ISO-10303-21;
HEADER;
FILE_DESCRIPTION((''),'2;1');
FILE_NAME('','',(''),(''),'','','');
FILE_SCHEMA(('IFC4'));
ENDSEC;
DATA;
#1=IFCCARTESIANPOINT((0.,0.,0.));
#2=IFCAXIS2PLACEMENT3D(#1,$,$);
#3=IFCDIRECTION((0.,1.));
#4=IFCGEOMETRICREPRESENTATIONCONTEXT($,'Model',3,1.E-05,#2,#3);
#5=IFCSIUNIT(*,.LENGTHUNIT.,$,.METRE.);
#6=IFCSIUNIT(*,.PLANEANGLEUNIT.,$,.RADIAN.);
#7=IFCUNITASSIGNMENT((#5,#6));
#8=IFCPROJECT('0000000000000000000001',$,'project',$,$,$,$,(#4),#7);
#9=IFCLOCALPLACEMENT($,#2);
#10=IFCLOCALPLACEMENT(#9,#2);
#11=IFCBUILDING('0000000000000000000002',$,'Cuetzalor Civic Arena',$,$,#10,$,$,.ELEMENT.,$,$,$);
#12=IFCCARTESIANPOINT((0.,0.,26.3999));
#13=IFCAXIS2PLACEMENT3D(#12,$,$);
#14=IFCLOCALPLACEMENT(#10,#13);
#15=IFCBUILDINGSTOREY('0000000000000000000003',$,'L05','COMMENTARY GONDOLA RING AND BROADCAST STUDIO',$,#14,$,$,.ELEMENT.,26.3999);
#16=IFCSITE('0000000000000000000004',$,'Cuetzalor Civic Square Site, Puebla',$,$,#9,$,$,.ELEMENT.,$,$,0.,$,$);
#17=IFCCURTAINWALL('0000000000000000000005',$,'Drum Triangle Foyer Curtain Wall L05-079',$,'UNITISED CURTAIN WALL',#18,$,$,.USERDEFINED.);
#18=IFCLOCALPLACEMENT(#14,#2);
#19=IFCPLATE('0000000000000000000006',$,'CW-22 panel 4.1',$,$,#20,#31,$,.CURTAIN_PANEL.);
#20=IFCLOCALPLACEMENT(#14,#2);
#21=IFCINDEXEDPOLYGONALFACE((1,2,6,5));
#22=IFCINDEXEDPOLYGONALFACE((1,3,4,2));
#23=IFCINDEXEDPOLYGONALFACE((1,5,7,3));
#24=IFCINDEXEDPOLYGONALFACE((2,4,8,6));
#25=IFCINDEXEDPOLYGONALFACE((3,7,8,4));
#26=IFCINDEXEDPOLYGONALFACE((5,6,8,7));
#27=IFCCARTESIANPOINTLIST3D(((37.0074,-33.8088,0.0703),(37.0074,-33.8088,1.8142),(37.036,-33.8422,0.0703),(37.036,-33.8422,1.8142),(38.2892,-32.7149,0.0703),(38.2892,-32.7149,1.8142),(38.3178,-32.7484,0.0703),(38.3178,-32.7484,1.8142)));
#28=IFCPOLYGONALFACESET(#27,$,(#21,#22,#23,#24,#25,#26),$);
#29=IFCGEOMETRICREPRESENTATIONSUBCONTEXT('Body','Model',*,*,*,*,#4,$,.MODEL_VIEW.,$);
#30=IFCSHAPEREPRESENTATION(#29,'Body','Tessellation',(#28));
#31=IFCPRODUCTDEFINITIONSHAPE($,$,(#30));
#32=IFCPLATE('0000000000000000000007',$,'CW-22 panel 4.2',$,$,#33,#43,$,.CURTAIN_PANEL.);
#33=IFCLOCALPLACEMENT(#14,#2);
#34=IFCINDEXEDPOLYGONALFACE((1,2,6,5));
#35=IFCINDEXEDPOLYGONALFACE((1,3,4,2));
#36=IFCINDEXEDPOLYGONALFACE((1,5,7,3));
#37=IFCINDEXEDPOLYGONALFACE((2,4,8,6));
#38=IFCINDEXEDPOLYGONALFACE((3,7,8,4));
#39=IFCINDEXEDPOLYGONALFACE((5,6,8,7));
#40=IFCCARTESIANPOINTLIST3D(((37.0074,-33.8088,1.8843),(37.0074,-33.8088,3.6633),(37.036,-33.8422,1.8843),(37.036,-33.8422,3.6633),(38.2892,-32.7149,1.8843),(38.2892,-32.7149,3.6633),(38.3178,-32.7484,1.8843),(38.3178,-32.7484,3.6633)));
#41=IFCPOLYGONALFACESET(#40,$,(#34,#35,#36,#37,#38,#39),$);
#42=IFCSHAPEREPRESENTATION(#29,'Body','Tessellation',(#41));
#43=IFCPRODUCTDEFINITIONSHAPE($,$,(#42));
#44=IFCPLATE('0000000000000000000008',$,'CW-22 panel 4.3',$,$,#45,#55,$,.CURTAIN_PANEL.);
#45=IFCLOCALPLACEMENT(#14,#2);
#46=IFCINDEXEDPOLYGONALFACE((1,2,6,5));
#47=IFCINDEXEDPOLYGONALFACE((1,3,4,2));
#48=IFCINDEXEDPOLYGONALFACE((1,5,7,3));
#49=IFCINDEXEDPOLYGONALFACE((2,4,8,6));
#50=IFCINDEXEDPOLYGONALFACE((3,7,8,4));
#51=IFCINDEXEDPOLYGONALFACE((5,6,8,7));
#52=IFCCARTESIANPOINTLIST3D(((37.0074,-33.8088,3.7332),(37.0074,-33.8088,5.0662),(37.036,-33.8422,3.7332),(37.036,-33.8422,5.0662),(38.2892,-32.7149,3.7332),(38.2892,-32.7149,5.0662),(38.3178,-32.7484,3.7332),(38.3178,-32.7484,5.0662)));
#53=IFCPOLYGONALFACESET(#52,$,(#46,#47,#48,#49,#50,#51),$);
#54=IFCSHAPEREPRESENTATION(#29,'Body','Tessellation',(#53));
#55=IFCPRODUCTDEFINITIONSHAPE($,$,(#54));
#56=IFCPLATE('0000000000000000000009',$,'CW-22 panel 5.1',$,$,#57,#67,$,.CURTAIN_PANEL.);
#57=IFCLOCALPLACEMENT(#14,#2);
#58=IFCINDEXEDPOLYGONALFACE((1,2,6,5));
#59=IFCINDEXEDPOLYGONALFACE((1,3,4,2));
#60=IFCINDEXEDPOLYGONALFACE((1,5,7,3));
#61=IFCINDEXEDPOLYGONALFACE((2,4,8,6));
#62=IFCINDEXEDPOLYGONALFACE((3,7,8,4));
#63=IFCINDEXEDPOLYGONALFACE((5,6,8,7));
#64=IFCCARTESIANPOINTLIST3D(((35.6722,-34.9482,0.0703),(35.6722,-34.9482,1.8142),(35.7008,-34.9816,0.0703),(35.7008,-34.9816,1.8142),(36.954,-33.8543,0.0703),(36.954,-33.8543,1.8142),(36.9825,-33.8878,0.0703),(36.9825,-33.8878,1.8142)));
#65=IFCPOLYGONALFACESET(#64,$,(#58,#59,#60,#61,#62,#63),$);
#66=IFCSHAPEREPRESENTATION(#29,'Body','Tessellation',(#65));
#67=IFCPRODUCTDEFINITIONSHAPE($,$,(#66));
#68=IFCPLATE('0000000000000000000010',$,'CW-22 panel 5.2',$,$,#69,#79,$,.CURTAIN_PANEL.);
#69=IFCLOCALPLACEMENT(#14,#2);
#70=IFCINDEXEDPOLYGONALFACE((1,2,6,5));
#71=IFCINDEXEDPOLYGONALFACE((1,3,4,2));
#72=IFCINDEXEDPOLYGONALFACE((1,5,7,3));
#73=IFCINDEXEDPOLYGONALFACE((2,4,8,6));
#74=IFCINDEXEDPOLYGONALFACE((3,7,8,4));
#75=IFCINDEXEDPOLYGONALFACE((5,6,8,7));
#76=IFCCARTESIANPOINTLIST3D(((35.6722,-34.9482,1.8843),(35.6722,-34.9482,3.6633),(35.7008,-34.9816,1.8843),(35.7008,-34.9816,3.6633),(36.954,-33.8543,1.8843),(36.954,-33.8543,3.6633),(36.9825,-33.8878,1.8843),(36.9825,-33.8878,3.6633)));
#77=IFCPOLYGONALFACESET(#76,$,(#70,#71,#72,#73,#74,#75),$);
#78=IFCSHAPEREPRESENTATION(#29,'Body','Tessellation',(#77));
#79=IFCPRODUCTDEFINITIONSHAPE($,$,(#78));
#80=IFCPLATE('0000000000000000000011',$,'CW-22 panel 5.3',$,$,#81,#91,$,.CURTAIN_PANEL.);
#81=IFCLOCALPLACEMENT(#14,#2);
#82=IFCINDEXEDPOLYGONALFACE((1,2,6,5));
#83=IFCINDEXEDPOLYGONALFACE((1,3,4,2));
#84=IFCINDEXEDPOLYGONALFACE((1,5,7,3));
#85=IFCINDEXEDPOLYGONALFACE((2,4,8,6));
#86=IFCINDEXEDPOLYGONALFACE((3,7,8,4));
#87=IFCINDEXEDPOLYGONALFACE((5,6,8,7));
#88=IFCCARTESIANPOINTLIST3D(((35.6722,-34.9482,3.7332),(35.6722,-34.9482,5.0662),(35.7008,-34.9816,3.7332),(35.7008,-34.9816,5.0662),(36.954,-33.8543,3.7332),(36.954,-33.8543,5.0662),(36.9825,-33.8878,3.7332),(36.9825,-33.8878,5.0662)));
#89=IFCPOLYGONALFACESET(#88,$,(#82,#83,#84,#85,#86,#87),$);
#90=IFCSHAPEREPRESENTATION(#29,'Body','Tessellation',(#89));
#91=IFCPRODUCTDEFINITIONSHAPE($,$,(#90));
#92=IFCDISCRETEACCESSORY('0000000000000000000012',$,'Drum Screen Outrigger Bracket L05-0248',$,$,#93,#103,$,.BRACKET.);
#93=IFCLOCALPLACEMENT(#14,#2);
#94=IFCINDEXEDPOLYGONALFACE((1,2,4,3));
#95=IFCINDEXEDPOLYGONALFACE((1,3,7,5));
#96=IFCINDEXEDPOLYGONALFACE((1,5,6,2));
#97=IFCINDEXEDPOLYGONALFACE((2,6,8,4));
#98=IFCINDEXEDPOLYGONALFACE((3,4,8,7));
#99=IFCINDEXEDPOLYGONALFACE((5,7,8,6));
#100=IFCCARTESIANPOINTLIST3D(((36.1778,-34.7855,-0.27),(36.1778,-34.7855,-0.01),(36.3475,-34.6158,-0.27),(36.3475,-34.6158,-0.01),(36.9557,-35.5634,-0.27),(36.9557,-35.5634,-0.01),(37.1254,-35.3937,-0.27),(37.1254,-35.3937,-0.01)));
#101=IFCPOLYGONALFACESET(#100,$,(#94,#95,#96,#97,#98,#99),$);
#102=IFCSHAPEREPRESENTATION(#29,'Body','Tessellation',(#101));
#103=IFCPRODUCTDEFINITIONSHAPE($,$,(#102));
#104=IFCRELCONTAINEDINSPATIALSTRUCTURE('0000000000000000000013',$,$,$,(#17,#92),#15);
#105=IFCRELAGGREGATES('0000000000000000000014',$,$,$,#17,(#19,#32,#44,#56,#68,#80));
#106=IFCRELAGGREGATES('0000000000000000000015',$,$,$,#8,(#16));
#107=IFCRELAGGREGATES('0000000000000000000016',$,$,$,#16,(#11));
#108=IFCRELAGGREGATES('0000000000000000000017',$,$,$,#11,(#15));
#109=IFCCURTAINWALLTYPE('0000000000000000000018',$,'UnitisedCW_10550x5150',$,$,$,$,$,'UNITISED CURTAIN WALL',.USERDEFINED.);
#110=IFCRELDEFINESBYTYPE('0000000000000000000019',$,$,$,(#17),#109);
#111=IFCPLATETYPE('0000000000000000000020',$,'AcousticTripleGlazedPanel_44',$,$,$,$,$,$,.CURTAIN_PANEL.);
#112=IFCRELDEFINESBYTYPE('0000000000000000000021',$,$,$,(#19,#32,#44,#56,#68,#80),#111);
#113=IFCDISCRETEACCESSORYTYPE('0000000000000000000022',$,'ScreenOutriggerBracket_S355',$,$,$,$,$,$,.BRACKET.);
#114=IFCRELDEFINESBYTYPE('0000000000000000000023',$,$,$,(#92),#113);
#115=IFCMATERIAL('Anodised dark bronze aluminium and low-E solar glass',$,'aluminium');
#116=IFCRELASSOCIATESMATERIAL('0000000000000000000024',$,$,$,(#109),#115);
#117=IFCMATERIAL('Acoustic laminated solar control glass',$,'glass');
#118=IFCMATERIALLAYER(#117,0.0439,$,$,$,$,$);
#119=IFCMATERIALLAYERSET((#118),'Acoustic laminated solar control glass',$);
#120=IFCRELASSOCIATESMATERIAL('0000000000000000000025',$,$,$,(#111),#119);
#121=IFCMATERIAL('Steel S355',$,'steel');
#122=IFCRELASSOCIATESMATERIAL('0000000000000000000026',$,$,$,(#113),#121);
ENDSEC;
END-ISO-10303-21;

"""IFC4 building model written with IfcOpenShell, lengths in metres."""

from ifc_helpers import new_model, si_unit, direction, frame, origin, origin_2d, place, context, subcontext, project, spatial, rectangle, extrude, material, layer, layer_set, type_object, element, aggregate, save


model = new_model("IFC4")

# Units and contexts
model_context = context("Model", 3, precision=1e-05, world=origin(), true_north=direction((0.0, 1.0)))
body_context = subcontext(model_context, "Body", "Model", "MODEL_VIEW")
ifc_project = project(units=[si_unit("LENGTHUNIT", "METRE"), si_unit("PLANEANGLEUNIT", "RADIAN")], contexts=[model_context])

# Site, building, storey
site_placement = place(None, origin())
site = spatial("IfcSite", under=ifc_project, at=site_placement, Name="Cuetzalor Civic Square Site, Puebla", CompositionType="ELEMENT", RefElevation=0.0)
building_placement = place(site_placement, origin())
building = spatial("IfcBuilding", under=site, at=building_placement, Name="Cuetzalor Civic Arena", CompositionType="ELEMENT")
storey_placement = place(building_placement, frame((0.0, 0.0, 26.3999)))
storey = spatial("IfcBuildingStorey", under=building, at=storey_placement, Name="L05", Description="COMMENTARY GONDOLA RING AND BROADCAST STUDIO", CompositionType="ELEMENT", Elevation=26.3999)

# Curtain wall, plates
ifc_material_1 = material(Name="Anodised dark bronze aluminium and low-E solar glass", Category="aluminium")
curtain_wall_type = type_object("IfcCurtainWallType", Name="UnitisedCW_10550x5150", ElementType="UNITISED CURTAIN WALL", PredefinedType="USERDEFINED", material=ifc_material_1)
curtain_wall_placement = place(storey_placement, origin())
curtain_wall = element("IfcCurtainWall", 1, at=curtain_wall_placement, inside=storey, type_object=curtain_wall_type, Name="Drum Triangle Foyer Curtain Wall L05-079", ObjectType="UNITISED CURTAIN WALL", PredefinedType="USERDEFINED")
ifc_material_2 = material(Name="Acoustic laminated solar control glass", Category="glass")
ifc_layer = layer(ifc_material_2, 0.0439)
ifc_layer_set = layer_set([ifc_layer], Name="Acoustic laminated solar control glass")
plate_type = type_object("IfcPlateType", Name="AcousticTripleGlazedPanel_44", PredefinedType="CURTAIN_PANEL", material=ifc_layer_set)
plate_1_placement = place(storey_placement, frame((37.6626, -33.2786, 0.0703), z_axis=(0.0, 0.0, 1.0), x_axis=(-0.760677, -0.64913, 0.0)))
plate_1 = element("IfcPlate", 2, at=plate_1_placement, type_object=plate_type, Name="CW-22 panel 4.1", PredefinedType="CURTAIN_PANEL", context=body_context, shape_type="SweptSolid", body=[
    extrude(rectangle(XDim=1.6851, YDim=0.0439, at=origin_2d()), origin(), (0.0, 0.0, 1.0), 1.7439),
])
plate_2_placement = place(storey_placement, frame((37.6626, -33.2786, 1.8843), z_axis=(0.0, 0.0, 1.0), x_axis=(-0.760677, -0.64913, 0.0)))
plate_2 = element("IfcPlate", 3, at=plate_2_placement, type_object=plate_type, Name="CW-22 panel 4.2", PredefinedType="CURTAIN_PANEL", context=body_context, shape_type="SweptSolid", body=[
    extrude(rectangle(XDim=1.6851, YDim=0.0439, at=origin_2d()), origin(), (0.0, 0.0, 1.0), 1.7791),
])
plate_3_placement = place(storey_placement, frame((37.6626, -33.2786, 3.7332), z_axis=(0.0, 0.0, 1.0), x_axis=(-0.760677, -0.64913, 0.0)))
plate_3 = element("IfcPlate", 4, at=plate_3_placement, type_object=plate_type, Name="CW-22 panel 4.3", PredefinedType="CURTAIN_PANEL", context=body_context, shape_type="SweptSolid", body=[
    extrude(rectangle(XDim=1.6851, YDim=0.0439, at=origin_2d()), origin(), (0.0, 0.0, 1.0), 1.333),
])
plate_4_placement = place(storey_placement, frame((36.3274, -34.418, 0.0703), z_axis=(0.0, 0.0, 1.0), x_axis=(-0.760677, -0.64913, 0.0)))
plate_4 = element("IfcPlate", 5, at=plate_4_placement, type_object=plate_type, Name="CW-22 panel 5.1", PredefinedType="CURTAIN_PANEL", context=body_context, shape_type="SweptSolid", body=[
    extrude(rectangle(XDim=1.6851, YDim=0.0439, at=origin_2d()), origin(), (0.0, 0.0, 1.0), 1.7439),
])
plate_5_placement = place(storey_placement, frame((36.3274, -34.418, 1.8843), z_axis=(0.0, 0.0, 1.0), x_axis=(-0.760677, -0.64913, 0.0)))
plate_5 = element("IfcPlate", 6, at=plate_5_placement, type_object=plate_type, Name="CW-22 panel 5.2", PredefinedType="CURTAIN_PANEL", context=body_context, shape_type="SweptSolid", body=[
    extrude(rectangle(XDim=1.6851, YDim=0.0439, at=origin_2d()), origin(), (0.0, 0.0, 1.0), 1.7791),
])
plate_6_placement = place(storey_placement, frame((36.3274, -34.418, 3.7332), z_axis=(0.0, 0.0, 1.0), x_axis=(-0.760677, -0.64913, 0.0)))
plate_6 = element("IfcPlate", 7, at=plate_6_placement, type_object=plate_type, Name="CW-22 panel 5.3", PredefinedType="CURTAIN_PANEL", context=body_context, shape_type="SweptSolid", body=[
    extrude(rectangle(XDim=1.6851, YDim=0.0439, at=origin_2d()), origin(), (0.0, 0.0, 1.0), 1.333),
])
aggregate(curtain_wall, [plate_1, plate_2, plate_3, plate_4, plate_5, plate_6])

# Discrete accessory
ifc_material_3 = material(Name="Steel S355", Category="steel")
discrete_accessory_type = type_object("IfcDiscreteAccessoryType", Name="ScreenOutriggerBracket_S355", PredefinedType="BRACKET", material=ifc_material_3)
discrete_accessory_placement = place(storey_placement, frame((36.6516, -35.0896, -0.27), z_axis=(0.0, 0.0, 1.0), x_axis=(0.707107, -0.707107, 0.0)))
element("IfcDiscreteAccessory", 8, at=discrete_accessory_placement, inside=storey, type_object=discrete_accessory_type, Name="Drum Screen Outrigger Bracket L05-0248", PredefinedType="BRACKET", context=body_context, shape_type="SweptSolid", body=[
    extrude(rectangle(XDim=1.1001, YDim=0.24, at=origin_2d()), origin(), (0.0, 0.0, 1.0), 0.26),
])

save(model, "model.ifc")
